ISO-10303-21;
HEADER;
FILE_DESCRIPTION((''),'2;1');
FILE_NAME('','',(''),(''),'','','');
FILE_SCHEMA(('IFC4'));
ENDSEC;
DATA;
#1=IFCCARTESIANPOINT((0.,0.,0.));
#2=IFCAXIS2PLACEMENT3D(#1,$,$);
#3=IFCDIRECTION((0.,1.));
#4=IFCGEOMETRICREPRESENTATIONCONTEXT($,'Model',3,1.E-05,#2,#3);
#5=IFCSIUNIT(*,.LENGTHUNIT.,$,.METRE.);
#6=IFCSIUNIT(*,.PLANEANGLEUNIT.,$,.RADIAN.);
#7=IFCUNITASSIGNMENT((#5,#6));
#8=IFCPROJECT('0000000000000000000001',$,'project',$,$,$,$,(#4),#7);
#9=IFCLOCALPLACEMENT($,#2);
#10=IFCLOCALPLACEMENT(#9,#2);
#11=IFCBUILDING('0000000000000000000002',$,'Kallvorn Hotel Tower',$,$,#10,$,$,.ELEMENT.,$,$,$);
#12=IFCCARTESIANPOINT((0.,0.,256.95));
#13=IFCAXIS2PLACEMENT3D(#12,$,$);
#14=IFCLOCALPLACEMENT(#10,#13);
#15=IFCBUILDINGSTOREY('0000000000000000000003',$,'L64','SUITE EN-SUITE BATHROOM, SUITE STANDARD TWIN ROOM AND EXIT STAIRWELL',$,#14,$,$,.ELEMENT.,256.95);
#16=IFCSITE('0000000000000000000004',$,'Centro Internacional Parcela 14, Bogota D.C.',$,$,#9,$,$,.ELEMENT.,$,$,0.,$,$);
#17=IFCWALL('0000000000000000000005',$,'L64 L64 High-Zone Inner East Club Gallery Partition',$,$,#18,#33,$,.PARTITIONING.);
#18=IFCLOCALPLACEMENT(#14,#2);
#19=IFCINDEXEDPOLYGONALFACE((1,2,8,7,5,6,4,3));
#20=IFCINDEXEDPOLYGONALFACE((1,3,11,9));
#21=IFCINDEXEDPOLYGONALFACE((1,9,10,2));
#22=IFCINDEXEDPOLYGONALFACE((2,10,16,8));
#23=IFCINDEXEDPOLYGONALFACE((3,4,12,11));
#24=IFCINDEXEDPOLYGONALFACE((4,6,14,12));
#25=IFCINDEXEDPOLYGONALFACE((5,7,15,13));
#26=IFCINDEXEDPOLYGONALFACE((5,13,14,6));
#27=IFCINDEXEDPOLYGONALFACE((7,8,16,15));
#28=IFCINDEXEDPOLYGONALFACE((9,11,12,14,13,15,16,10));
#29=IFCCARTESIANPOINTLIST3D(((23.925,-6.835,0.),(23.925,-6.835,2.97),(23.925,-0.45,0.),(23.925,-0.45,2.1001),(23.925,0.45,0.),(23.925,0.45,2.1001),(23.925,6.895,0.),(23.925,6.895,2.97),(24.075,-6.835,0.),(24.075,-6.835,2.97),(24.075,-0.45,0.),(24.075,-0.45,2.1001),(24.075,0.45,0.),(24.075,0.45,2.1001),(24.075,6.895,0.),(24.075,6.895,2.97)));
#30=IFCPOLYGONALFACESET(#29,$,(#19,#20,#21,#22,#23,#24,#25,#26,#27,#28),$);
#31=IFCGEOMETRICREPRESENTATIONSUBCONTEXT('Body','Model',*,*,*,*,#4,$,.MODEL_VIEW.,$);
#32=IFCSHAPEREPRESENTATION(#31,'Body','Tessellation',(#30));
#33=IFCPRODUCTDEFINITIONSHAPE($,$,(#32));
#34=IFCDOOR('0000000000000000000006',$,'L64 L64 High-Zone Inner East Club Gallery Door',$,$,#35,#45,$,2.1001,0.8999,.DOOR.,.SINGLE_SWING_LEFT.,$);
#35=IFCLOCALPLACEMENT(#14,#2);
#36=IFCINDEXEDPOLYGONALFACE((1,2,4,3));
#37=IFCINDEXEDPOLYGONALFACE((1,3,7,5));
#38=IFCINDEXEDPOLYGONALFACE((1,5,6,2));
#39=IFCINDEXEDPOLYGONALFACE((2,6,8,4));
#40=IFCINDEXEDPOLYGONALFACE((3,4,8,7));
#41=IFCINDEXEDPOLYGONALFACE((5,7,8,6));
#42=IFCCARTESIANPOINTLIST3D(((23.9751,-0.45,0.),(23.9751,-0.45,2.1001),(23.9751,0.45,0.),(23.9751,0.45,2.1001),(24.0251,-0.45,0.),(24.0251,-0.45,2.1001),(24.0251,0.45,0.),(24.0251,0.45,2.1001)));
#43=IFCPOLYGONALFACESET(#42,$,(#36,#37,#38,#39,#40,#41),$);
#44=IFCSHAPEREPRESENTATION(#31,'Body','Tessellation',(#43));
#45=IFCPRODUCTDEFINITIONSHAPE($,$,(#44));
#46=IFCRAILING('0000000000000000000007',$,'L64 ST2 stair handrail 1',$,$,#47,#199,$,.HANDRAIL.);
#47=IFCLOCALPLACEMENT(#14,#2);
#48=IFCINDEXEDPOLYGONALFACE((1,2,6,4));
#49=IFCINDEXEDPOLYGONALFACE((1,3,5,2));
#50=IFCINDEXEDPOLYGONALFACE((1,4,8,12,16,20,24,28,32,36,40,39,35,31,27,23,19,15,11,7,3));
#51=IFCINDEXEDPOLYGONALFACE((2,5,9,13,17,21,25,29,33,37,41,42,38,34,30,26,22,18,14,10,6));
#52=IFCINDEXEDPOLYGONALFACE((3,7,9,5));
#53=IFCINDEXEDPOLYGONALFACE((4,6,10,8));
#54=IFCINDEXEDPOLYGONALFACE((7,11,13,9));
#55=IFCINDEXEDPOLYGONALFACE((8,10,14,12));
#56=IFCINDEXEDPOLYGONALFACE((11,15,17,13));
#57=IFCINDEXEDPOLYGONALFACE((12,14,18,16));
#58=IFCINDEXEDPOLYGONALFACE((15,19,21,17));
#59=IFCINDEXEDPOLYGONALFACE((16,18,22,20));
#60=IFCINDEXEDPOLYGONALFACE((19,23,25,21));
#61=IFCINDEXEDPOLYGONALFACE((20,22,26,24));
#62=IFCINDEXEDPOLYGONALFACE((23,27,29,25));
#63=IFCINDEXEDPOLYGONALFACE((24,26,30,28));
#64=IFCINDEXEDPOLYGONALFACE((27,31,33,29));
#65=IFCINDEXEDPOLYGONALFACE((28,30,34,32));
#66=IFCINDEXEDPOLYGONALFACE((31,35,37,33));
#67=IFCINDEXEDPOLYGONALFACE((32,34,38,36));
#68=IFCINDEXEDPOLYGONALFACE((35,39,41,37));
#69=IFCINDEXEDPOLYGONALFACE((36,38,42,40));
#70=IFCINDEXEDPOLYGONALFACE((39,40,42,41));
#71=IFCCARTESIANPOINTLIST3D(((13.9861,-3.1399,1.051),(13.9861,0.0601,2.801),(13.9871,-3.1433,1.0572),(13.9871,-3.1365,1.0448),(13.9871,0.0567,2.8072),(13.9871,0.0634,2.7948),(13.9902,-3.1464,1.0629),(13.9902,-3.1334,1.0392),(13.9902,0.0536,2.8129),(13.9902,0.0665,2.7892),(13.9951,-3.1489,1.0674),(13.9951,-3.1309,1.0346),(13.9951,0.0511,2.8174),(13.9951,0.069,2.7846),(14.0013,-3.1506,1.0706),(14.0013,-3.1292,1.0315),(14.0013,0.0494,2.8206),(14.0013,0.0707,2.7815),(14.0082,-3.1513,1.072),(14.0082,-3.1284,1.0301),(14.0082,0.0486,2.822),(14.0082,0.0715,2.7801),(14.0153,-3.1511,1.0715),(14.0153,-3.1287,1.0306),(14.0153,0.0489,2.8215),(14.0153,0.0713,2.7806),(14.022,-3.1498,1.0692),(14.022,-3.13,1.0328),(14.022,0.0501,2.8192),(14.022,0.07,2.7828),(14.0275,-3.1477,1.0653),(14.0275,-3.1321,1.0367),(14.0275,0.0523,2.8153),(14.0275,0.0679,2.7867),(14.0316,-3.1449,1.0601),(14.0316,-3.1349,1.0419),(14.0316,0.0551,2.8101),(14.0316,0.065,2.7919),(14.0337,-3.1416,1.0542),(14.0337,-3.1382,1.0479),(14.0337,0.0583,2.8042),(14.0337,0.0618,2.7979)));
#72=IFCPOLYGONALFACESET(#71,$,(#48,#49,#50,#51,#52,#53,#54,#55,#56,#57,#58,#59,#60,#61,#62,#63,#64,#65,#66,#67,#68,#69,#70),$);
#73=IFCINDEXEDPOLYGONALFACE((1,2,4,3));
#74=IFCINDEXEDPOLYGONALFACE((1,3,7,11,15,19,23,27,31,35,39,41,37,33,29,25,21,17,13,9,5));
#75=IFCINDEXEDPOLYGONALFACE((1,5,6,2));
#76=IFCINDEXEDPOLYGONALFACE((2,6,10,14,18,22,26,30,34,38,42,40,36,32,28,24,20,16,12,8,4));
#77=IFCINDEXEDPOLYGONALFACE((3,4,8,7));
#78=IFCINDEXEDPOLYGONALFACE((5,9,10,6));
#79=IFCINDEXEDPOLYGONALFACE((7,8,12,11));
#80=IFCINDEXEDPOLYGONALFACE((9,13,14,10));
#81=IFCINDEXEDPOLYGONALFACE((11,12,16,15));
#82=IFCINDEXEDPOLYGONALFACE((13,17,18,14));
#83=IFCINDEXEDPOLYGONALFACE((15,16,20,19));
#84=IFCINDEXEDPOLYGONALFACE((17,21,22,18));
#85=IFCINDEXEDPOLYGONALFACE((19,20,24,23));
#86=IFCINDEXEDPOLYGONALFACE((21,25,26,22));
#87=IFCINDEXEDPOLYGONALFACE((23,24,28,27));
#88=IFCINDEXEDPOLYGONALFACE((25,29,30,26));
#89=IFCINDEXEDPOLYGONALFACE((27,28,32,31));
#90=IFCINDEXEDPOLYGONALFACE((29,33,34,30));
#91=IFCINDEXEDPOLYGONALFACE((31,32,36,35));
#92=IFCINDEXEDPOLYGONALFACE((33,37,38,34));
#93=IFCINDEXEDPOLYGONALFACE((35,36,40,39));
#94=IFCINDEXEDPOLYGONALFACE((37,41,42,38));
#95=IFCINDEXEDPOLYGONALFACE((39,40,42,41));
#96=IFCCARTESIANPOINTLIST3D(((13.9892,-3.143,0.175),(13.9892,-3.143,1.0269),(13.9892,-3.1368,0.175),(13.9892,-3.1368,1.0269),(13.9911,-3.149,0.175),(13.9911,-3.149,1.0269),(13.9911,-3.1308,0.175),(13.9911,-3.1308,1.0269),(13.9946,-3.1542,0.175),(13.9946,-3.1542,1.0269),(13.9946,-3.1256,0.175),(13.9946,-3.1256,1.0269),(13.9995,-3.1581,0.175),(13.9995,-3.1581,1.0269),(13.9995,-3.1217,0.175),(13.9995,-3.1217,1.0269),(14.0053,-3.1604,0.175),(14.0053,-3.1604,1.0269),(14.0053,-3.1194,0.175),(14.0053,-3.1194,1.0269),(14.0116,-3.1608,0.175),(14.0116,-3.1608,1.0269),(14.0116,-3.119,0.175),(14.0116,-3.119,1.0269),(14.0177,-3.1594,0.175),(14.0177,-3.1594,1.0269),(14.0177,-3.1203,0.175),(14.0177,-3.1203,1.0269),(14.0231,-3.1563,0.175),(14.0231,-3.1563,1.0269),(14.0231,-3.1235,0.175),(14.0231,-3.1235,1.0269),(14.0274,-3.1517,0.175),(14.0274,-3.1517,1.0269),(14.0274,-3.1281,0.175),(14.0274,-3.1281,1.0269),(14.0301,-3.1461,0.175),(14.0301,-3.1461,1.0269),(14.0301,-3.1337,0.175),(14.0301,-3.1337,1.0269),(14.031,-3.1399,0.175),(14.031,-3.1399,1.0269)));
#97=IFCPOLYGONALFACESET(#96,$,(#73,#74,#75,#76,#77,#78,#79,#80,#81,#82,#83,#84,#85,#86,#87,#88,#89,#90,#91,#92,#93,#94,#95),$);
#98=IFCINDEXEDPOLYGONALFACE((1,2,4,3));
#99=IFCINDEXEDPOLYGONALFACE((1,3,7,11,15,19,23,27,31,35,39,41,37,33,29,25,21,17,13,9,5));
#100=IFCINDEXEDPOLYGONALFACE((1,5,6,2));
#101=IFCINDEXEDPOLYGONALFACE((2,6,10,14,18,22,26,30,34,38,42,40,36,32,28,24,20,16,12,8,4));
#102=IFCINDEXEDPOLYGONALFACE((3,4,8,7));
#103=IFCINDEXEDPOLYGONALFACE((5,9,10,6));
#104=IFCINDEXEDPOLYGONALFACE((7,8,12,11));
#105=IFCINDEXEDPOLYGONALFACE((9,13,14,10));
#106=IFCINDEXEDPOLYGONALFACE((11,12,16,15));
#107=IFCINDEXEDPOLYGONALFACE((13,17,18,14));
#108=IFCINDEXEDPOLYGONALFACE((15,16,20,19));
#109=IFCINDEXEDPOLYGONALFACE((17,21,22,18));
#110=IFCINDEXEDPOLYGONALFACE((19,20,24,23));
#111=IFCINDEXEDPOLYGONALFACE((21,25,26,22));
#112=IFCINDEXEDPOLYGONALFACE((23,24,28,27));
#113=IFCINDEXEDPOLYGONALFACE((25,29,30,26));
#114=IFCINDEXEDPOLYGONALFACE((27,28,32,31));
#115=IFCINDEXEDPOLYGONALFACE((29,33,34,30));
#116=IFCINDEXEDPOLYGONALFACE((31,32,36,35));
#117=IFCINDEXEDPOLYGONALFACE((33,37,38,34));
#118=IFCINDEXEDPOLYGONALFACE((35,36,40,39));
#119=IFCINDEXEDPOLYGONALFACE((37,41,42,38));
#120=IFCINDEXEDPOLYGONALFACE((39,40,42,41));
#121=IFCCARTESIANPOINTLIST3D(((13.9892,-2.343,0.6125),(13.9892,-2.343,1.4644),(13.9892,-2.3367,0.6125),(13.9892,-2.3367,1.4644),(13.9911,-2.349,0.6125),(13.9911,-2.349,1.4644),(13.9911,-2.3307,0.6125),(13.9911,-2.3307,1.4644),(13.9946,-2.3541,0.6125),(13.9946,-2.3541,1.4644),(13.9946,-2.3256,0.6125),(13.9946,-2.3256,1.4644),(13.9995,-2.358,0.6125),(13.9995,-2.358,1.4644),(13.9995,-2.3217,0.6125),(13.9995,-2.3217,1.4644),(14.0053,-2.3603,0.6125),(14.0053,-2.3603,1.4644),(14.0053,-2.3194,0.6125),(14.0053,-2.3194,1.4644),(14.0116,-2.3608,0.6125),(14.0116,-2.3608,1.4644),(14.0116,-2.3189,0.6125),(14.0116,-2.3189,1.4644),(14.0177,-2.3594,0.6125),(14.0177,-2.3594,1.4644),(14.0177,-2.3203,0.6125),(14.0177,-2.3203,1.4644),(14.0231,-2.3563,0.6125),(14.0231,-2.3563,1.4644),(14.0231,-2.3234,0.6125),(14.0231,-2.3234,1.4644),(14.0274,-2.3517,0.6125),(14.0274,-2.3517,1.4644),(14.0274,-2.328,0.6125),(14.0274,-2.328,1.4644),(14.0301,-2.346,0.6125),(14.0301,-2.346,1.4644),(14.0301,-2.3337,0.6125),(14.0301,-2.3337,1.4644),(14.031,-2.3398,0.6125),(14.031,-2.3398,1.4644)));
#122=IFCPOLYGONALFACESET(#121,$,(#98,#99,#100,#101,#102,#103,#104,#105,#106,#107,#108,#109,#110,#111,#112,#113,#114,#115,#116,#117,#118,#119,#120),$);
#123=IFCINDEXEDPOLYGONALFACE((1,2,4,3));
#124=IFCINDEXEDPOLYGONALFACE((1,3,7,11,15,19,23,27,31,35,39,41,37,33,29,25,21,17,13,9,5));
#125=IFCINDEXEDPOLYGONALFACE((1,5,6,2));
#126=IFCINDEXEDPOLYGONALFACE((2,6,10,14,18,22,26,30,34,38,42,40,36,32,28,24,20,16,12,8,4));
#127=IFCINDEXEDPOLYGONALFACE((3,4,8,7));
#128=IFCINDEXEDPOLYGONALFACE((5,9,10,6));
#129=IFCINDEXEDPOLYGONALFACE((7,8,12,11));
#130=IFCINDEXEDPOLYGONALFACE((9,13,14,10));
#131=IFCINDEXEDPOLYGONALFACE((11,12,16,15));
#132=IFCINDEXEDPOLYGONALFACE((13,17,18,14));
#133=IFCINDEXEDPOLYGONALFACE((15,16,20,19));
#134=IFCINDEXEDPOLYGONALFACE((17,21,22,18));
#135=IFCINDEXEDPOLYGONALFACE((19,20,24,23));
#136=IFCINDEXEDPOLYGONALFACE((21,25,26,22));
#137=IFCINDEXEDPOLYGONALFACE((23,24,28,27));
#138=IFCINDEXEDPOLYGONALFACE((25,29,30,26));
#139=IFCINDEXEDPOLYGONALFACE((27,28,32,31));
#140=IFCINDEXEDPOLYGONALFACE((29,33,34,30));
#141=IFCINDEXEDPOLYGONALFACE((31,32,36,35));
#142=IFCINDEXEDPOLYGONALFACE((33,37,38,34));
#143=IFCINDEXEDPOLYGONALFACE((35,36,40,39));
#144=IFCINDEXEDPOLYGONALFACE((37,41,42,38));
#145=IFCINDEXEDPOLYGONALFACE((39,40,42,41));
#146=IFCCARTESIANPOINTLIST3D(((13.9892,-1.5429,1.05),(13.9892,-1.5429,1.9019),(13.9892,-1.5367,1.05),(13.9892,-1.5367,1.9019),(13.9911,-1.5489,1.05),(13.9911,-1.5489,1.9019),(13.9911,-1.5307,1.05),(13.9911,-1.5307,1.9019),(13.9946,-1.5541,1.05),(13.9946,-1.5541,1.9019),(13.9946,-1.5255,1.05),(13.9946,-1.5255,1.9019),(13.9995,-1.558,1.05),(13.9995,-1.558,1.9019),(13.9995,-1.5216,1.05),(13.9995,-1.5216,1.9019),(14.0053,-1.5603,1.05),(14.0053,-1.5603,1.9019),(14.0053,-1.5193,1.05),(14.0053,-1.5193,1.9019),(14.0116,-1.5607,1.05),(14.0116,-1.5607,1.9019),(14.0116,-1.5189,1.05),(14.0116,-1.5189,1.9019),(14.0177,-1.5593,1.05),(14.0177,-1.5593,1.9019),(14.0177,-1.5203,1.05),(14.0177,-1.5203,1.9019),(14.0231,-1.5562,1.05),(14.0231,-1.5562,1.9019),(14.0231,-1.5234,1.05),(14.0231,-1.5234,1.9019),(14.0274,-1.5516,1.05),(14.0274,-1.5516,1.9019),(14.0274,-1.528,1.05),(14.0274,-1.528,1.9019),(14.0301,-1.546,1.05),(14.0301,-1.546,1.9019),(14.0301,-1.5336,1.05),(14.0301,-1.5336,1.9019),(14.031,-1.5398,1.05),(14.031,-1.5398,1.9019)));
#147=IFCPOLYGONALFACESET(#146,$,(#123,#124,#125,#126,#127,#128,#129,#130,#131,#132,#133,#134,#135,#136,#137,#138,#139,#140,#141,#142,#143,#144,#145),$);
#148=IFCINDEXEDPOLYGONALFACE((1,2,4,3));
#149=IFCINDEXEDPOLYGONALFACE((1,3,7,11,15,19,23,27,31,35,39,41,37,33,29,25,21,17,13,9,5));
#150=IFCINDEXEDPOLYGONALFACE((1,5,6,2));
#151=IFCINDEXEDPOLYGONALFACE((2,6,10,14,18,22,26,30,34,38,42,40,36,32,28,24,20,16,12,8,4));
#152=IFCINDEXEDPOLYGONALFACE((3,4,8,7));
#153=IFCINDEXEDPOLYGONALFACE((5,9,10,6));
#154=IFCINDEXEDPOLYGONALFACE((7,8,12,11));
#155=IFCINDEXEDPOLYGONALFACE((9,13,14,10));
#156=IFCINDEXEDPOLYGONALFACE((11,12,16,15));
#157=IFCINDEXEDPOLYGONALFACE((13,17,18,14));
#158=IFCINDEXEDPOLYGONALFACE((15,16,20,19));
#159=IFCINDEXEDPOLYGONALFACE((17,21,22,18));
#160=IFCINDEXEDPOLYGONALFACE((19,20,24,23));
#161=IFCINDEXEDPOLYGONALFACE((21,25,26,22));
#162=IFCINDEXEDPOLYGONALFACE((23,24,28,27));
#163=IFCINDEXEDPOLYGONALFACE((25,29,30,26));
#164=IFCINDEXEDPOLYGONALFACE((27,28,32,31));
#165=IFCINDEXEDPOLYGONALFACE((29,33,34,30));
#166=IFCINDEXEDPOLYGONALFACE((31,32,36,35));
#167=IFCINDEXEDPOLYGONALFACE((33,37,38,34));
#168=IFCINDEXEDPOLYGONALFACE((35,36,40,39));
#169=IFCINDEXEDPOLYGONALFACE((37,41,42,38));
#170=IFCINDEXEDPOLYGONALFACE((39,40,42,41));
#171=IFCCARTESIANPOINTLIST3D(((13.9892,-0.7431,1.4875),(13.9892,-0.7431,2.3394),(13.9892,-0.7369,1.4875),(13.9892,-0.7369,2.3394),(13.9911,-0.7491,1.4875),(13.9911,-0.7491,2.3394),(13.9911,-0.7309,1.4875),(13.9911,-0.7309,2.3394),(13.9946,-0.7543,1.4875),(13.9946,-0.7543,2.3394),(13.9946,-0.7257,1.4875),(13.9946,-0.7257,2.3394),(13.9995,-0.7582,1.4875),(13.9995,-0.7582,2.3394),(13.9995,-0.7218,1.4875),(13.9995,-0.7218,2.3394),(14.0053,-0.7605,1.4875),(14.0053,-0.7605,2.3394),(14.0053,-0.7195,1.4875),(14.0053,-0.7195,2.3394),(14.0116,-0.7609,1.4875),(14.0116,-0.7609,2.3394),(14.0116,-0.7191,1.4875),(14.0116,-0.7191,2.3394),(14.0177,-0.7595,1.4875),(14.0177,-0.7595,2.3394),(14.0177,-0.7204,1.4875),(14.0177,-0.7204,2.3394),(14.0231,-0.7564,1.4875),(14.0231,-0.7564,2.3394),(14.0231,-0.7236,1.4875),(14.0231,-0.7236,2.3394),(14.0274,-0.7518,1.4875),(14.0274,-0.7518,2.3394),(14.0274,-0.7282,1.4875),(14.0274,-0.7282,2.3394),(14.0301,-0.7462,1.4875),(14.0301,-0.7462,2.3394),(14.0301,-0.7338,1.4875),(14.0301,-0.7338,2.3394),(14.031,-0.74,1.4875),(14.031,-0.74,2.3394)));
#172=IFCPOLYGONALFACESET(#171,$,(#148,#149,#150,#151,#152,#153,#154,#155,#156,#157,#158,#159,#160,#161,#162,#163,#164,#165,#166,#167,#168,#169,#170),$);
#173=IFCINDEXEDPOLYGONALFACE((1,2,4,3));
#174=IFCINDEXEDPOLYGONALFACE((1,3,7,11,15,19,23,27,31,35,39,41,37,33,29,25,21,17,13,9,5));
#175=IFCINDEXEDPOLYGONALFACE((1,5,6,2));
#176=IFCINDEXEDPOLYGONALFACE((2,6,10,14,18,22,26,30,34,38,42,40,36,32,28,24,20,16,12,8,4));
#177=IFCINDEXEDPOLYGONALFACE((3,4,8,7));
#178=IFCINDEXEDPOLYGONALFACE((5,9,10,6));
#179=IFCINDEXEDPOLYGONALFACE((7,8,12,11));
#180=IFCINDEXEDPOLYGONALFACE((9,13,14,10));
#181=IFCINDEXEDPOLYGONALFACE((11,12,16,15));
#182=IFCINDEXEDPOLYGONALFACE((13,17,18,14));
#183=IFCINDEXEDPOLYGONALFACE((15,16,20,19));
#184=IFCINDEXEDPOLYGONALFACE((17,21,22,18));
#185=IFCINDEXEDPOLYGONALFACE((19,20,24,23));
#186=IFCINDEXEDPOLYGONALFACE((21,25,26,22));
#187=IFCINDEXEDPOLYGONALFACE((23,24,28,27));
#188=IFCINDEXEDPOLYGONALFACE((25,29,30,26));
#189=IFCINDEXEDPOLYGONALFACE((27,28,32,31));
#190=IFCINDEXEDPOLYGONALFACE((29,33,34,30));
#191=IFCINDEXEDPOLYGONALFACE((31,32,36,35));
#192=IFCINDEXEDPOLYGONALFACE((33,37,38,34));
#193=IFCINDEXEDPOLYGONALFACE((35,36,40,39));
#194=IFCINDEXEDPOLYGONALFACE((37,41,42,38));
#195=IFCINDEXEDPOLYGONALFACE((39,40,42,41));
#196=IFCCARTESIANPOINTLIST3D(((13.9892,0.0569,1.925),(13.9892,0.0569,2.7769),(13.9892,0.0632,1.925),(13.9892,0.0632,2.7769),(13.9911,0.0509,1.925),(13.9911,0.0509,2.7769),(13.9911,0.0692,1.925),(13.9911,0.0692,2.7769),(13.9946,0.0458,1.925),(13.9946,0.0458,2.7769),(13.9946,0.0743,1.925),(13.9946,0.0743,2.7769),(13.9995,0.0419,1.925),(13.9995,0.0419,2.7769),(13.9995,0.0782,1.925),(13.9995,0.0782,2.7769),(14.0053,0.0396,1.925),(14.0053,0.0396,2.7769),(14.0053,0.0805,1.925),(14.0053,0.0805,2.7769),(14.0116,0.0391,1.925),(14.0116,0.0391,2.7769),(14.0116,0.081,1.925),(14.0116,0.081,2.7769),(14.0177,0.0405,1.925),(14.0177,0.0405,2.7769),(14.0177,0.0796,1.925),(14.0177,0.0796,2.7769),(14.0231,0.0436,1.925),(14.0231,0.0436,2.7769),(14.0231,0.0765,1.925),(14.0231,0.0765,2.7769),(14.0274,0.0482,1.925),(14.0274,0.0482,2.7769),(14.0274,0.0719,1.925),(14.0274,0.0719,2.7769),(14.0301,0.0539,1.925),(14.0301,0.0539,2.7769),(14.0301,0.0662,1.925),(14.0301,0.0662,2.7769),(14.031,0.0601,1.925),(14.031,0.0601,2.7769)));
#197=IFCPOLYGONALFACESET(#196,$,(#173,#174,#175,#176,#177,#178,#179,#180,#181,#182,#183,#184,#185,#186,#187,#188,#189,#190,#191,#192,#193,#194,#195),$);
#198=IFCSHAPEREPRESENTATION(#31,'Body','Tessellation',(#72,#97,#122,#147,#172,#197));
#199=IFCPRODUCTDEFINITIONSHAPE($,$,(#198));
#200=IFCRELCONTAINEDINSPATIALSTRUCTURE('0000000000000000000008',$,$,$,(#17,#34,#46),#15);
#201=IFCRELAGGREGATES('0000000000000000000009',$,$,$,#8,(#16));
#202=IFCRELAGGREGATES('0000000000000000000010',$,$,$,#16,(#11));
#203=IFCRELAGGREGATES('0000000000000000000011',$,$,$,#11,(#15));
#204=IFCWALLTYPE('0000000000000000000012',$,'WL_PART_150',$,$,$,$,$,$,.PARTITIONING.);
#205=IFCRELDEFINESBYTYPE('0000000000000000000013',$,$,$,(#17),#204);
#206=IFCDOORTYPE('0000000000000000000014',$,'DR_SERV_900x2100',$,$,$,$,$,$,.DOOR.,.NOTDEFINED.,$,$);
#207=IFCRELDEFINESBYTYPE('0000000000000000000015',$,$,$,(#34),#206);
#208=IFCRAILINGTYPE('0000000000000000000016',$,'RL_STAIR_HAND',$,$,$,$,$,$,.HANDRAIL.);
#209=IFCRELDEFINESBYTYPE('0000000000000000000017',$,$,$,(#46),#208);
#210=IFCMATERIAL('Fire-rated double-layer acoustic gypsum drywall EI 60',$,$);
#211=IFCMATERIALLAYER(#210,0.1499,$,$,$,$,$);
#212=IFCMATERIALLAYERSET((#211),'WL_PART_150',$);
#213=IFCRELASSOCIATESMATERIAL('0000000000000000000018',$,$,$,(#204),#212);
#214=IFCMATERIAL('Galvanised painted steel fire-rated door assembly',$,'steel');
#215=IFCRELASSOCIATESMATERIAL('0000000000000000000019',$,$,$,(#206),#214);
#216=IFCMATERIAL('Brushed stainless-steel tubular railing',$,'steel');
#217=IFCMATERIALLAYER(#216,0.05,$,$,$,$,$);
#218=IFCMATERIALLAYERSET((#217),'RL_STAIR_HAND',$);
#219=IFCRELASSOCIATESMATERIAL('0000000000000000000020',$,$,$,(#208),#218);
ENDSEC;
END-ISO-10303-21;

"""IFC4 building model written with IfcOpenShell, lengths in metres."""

from ifc_helpers import new_model, si_unit, direction, frame, frame_2d, origin, origin_2d, place, context, subcontext, project, spatial, rectangle, circle, extrude, material, layer, layer_set, type_object, element, fill, save


model = new_model("IFC4")

# Units and contexts
model_context = context("Model", 3, precision=1e-05, world=origin(), true_north=direction((0.0, 1.0)))
body_context = subcontext(model_context, "Body", "Model", "MODEL_VIEW")
ifc_project = project(units=[si_unit("LENGTHUNIT", "METRE"), si_unit("PLANEANGLEUNIT", "RADIAN")], contexts=[model_context])

# Site, building, storey
site_placement = place(None, origin())
site = spatial("IfcSite", under=ifc_project, at=site_placement, Name="Centro Internacional Parcela 14, Bogota D.C.", CompositionType="ELEMENT", RefElevation=0.0)
building_placement = place(site_placement, origin())
building = spatial("IfcBuilding", under=site, at=building_placement, Name="Kallvorn Hotel Tower", CompositionType="ELEMENT")
storey_placement = place(building_placement, frame((0.0, 0.0, 256.95)))
storey = spatial("IfcBuildingStorey", under=building, at=storey_placement, Name="L64", Description="SUITE EN-SUITE BATHROOM, SUITE STANDARD TWIN ROOM AND EXIT STAIRWELL", CompositionType="ELEMENT", Elevation=256.95)

# Shared definitions
ifc_material_1 = material(Name="Fire-rated double-layer acoustic gypsum drywall EI 60")
ifc_layer_1 = layer(ifc_material_1, 0.1499)
ifc_layer_set_1 = layer_set([ifc_layer_1], Name="WL_PART_150")
wall_type_1 = type_object("IfcWallType", Name="WL_PART_150", PredefinedType="PARTITIONING", material=ifc_layer_set_1)

# Wall, opening, door
wall_1_placement = place(storey_placement, frame((24.0, -6.835, 0.0), z_axis=(0.0, 0.0, 1.0), x_axis=(0.0, 1.0, 0.0)))
wall_1 = element("IfcWall", 1, at=wall_1_placement, inside=storey, type_object=wall_type_1, Name="L64 L64 High-Zone Inner East Club Gallery Partition", PredefinedType="PARTITIONING", context=body_context, shape_type="SweptSolid", body=[
    extrude(rectangle(XDim=13.73, YDim=0.1499, at=frame_2d((6.865, 0.0))), origin(), (0.0, 0.0, 1.0), 2.97),
])
opening_1_placement = place(wall_1_placement, frame((6.385, 0.0, 0.0)))
opening_1 = element("IfcOpeningElement", 2, at=opening_1_placement, cuts=wall_1, PredefinedType="OPENING", context=body_context, shape_type="SweptSolid", body=[
    extrude(rectangle(XDim=0.8999, YDim=2.1001, at=frame_2d((0.45, 1.05))), frame((0.0, 0.0898, 0.0), z_axis=(0.0, -1.0, 0.0), x_axis=(1.0, 0.0, 0.0)), (0.0, 0.0, 1.0), 0.1799),
])
ifc_material_2 = material(Name="Galvanised painted steel fire-rated door assembly", Category="steel")
door_type_1 = type_object("IfcDoorType", Name="DR_SERV_900x2100", OperationType="NOTDEFINED", PredefinedType="DOOR", material=ifc_material_2)
door_1_placement = place(opening_1_placement, origin())
door_1 = element("IfcDoor", 3, at=door_1_placement, inside=storey, type_object=door_type_1, Name="L64 L64 High-Zone Inner East Club Gallery Door", OperationType="SINGLE_SWING_LEFT", OverallHeight=2.1001, OverallWidth=0.8999, PredefinedType="DOOR", context=body_context, shape_type="SweptSolid", body=[
    extrude(rectangle(XDim=0.8999, YDim=2.1001, at=frame_2d((0.45, 1.05))), frame((0.0, 0.0249, 0.0), z_axis=(0.0, -1.0, 0.0), x_axis=(1.0, 0.0, 0.0)), (0.0, 0.0, 1.0), 0.05),
])
fill(opening_1, door_1)

# Railing
ifc_material_3 = material(Name="Brushed stainless-steel tubular railing", Category="steel")
ifc_layer_2 = layer(ifc_material_3, 0.05)
ifc_layer_set_2 = layer_set([ifc_layer_2], Name="RL_STAIR_HAND")
railing_type = type_object("IfcRailingType", Name="RL_STAIR_HAND", PredefinedType="HANDRAIL", material=ifc_layer_set_2)
railing_placement = place(storey_placement, frame((14.01, -3.1399, 0.175)))
element("IfcRailing", 4, at=railing_placement, inside=storey, type_object=railing_type, Name="L64 ST2 stair handrail 1", PredefinedType="HANDRAIL", context=body_context, shape_type="SweptSolid", body=[
    extrude(circle(Radius=0.0239, at=origin_2d()), frame((0.0, 0.0, 0.876), z_axis=(0.0, 0.877368, 0.479818), x_axis=(-1.0, 0.0, 0.0)), (0.0, 0.0, 1.0), 3.6472),
    extrude(circle(Radius=0.021, at=origin_2d()), origin(), (0.0, 0.0, 1.0), 0.8518),
    extrude(circle(Radius=0.021, at=origin_2d()), frame((0.0, 0.8, 0.4375)), (0.0, 0.0, 1.0), 0.8518),
    extrude(circle(Radius=0.021, at=origin_2d()), frame((0.0, 1.6001, 0.875)), (0.0, 0.0, 1.0), 0.8518),
    extrude(circle(Radius=0.021, at=origin_2d()), frame((0.0, 2.3999, 1.3125)), (0.0, 0.0, 1.0), 0.8518),
    extrude(circle(Radius=0.021, at=origin_2d()), frame((0.0, 3.2, 1.75)), (0.0, 0.0, 1.0), 0.8518),
])

save(model, "model.ifc")
